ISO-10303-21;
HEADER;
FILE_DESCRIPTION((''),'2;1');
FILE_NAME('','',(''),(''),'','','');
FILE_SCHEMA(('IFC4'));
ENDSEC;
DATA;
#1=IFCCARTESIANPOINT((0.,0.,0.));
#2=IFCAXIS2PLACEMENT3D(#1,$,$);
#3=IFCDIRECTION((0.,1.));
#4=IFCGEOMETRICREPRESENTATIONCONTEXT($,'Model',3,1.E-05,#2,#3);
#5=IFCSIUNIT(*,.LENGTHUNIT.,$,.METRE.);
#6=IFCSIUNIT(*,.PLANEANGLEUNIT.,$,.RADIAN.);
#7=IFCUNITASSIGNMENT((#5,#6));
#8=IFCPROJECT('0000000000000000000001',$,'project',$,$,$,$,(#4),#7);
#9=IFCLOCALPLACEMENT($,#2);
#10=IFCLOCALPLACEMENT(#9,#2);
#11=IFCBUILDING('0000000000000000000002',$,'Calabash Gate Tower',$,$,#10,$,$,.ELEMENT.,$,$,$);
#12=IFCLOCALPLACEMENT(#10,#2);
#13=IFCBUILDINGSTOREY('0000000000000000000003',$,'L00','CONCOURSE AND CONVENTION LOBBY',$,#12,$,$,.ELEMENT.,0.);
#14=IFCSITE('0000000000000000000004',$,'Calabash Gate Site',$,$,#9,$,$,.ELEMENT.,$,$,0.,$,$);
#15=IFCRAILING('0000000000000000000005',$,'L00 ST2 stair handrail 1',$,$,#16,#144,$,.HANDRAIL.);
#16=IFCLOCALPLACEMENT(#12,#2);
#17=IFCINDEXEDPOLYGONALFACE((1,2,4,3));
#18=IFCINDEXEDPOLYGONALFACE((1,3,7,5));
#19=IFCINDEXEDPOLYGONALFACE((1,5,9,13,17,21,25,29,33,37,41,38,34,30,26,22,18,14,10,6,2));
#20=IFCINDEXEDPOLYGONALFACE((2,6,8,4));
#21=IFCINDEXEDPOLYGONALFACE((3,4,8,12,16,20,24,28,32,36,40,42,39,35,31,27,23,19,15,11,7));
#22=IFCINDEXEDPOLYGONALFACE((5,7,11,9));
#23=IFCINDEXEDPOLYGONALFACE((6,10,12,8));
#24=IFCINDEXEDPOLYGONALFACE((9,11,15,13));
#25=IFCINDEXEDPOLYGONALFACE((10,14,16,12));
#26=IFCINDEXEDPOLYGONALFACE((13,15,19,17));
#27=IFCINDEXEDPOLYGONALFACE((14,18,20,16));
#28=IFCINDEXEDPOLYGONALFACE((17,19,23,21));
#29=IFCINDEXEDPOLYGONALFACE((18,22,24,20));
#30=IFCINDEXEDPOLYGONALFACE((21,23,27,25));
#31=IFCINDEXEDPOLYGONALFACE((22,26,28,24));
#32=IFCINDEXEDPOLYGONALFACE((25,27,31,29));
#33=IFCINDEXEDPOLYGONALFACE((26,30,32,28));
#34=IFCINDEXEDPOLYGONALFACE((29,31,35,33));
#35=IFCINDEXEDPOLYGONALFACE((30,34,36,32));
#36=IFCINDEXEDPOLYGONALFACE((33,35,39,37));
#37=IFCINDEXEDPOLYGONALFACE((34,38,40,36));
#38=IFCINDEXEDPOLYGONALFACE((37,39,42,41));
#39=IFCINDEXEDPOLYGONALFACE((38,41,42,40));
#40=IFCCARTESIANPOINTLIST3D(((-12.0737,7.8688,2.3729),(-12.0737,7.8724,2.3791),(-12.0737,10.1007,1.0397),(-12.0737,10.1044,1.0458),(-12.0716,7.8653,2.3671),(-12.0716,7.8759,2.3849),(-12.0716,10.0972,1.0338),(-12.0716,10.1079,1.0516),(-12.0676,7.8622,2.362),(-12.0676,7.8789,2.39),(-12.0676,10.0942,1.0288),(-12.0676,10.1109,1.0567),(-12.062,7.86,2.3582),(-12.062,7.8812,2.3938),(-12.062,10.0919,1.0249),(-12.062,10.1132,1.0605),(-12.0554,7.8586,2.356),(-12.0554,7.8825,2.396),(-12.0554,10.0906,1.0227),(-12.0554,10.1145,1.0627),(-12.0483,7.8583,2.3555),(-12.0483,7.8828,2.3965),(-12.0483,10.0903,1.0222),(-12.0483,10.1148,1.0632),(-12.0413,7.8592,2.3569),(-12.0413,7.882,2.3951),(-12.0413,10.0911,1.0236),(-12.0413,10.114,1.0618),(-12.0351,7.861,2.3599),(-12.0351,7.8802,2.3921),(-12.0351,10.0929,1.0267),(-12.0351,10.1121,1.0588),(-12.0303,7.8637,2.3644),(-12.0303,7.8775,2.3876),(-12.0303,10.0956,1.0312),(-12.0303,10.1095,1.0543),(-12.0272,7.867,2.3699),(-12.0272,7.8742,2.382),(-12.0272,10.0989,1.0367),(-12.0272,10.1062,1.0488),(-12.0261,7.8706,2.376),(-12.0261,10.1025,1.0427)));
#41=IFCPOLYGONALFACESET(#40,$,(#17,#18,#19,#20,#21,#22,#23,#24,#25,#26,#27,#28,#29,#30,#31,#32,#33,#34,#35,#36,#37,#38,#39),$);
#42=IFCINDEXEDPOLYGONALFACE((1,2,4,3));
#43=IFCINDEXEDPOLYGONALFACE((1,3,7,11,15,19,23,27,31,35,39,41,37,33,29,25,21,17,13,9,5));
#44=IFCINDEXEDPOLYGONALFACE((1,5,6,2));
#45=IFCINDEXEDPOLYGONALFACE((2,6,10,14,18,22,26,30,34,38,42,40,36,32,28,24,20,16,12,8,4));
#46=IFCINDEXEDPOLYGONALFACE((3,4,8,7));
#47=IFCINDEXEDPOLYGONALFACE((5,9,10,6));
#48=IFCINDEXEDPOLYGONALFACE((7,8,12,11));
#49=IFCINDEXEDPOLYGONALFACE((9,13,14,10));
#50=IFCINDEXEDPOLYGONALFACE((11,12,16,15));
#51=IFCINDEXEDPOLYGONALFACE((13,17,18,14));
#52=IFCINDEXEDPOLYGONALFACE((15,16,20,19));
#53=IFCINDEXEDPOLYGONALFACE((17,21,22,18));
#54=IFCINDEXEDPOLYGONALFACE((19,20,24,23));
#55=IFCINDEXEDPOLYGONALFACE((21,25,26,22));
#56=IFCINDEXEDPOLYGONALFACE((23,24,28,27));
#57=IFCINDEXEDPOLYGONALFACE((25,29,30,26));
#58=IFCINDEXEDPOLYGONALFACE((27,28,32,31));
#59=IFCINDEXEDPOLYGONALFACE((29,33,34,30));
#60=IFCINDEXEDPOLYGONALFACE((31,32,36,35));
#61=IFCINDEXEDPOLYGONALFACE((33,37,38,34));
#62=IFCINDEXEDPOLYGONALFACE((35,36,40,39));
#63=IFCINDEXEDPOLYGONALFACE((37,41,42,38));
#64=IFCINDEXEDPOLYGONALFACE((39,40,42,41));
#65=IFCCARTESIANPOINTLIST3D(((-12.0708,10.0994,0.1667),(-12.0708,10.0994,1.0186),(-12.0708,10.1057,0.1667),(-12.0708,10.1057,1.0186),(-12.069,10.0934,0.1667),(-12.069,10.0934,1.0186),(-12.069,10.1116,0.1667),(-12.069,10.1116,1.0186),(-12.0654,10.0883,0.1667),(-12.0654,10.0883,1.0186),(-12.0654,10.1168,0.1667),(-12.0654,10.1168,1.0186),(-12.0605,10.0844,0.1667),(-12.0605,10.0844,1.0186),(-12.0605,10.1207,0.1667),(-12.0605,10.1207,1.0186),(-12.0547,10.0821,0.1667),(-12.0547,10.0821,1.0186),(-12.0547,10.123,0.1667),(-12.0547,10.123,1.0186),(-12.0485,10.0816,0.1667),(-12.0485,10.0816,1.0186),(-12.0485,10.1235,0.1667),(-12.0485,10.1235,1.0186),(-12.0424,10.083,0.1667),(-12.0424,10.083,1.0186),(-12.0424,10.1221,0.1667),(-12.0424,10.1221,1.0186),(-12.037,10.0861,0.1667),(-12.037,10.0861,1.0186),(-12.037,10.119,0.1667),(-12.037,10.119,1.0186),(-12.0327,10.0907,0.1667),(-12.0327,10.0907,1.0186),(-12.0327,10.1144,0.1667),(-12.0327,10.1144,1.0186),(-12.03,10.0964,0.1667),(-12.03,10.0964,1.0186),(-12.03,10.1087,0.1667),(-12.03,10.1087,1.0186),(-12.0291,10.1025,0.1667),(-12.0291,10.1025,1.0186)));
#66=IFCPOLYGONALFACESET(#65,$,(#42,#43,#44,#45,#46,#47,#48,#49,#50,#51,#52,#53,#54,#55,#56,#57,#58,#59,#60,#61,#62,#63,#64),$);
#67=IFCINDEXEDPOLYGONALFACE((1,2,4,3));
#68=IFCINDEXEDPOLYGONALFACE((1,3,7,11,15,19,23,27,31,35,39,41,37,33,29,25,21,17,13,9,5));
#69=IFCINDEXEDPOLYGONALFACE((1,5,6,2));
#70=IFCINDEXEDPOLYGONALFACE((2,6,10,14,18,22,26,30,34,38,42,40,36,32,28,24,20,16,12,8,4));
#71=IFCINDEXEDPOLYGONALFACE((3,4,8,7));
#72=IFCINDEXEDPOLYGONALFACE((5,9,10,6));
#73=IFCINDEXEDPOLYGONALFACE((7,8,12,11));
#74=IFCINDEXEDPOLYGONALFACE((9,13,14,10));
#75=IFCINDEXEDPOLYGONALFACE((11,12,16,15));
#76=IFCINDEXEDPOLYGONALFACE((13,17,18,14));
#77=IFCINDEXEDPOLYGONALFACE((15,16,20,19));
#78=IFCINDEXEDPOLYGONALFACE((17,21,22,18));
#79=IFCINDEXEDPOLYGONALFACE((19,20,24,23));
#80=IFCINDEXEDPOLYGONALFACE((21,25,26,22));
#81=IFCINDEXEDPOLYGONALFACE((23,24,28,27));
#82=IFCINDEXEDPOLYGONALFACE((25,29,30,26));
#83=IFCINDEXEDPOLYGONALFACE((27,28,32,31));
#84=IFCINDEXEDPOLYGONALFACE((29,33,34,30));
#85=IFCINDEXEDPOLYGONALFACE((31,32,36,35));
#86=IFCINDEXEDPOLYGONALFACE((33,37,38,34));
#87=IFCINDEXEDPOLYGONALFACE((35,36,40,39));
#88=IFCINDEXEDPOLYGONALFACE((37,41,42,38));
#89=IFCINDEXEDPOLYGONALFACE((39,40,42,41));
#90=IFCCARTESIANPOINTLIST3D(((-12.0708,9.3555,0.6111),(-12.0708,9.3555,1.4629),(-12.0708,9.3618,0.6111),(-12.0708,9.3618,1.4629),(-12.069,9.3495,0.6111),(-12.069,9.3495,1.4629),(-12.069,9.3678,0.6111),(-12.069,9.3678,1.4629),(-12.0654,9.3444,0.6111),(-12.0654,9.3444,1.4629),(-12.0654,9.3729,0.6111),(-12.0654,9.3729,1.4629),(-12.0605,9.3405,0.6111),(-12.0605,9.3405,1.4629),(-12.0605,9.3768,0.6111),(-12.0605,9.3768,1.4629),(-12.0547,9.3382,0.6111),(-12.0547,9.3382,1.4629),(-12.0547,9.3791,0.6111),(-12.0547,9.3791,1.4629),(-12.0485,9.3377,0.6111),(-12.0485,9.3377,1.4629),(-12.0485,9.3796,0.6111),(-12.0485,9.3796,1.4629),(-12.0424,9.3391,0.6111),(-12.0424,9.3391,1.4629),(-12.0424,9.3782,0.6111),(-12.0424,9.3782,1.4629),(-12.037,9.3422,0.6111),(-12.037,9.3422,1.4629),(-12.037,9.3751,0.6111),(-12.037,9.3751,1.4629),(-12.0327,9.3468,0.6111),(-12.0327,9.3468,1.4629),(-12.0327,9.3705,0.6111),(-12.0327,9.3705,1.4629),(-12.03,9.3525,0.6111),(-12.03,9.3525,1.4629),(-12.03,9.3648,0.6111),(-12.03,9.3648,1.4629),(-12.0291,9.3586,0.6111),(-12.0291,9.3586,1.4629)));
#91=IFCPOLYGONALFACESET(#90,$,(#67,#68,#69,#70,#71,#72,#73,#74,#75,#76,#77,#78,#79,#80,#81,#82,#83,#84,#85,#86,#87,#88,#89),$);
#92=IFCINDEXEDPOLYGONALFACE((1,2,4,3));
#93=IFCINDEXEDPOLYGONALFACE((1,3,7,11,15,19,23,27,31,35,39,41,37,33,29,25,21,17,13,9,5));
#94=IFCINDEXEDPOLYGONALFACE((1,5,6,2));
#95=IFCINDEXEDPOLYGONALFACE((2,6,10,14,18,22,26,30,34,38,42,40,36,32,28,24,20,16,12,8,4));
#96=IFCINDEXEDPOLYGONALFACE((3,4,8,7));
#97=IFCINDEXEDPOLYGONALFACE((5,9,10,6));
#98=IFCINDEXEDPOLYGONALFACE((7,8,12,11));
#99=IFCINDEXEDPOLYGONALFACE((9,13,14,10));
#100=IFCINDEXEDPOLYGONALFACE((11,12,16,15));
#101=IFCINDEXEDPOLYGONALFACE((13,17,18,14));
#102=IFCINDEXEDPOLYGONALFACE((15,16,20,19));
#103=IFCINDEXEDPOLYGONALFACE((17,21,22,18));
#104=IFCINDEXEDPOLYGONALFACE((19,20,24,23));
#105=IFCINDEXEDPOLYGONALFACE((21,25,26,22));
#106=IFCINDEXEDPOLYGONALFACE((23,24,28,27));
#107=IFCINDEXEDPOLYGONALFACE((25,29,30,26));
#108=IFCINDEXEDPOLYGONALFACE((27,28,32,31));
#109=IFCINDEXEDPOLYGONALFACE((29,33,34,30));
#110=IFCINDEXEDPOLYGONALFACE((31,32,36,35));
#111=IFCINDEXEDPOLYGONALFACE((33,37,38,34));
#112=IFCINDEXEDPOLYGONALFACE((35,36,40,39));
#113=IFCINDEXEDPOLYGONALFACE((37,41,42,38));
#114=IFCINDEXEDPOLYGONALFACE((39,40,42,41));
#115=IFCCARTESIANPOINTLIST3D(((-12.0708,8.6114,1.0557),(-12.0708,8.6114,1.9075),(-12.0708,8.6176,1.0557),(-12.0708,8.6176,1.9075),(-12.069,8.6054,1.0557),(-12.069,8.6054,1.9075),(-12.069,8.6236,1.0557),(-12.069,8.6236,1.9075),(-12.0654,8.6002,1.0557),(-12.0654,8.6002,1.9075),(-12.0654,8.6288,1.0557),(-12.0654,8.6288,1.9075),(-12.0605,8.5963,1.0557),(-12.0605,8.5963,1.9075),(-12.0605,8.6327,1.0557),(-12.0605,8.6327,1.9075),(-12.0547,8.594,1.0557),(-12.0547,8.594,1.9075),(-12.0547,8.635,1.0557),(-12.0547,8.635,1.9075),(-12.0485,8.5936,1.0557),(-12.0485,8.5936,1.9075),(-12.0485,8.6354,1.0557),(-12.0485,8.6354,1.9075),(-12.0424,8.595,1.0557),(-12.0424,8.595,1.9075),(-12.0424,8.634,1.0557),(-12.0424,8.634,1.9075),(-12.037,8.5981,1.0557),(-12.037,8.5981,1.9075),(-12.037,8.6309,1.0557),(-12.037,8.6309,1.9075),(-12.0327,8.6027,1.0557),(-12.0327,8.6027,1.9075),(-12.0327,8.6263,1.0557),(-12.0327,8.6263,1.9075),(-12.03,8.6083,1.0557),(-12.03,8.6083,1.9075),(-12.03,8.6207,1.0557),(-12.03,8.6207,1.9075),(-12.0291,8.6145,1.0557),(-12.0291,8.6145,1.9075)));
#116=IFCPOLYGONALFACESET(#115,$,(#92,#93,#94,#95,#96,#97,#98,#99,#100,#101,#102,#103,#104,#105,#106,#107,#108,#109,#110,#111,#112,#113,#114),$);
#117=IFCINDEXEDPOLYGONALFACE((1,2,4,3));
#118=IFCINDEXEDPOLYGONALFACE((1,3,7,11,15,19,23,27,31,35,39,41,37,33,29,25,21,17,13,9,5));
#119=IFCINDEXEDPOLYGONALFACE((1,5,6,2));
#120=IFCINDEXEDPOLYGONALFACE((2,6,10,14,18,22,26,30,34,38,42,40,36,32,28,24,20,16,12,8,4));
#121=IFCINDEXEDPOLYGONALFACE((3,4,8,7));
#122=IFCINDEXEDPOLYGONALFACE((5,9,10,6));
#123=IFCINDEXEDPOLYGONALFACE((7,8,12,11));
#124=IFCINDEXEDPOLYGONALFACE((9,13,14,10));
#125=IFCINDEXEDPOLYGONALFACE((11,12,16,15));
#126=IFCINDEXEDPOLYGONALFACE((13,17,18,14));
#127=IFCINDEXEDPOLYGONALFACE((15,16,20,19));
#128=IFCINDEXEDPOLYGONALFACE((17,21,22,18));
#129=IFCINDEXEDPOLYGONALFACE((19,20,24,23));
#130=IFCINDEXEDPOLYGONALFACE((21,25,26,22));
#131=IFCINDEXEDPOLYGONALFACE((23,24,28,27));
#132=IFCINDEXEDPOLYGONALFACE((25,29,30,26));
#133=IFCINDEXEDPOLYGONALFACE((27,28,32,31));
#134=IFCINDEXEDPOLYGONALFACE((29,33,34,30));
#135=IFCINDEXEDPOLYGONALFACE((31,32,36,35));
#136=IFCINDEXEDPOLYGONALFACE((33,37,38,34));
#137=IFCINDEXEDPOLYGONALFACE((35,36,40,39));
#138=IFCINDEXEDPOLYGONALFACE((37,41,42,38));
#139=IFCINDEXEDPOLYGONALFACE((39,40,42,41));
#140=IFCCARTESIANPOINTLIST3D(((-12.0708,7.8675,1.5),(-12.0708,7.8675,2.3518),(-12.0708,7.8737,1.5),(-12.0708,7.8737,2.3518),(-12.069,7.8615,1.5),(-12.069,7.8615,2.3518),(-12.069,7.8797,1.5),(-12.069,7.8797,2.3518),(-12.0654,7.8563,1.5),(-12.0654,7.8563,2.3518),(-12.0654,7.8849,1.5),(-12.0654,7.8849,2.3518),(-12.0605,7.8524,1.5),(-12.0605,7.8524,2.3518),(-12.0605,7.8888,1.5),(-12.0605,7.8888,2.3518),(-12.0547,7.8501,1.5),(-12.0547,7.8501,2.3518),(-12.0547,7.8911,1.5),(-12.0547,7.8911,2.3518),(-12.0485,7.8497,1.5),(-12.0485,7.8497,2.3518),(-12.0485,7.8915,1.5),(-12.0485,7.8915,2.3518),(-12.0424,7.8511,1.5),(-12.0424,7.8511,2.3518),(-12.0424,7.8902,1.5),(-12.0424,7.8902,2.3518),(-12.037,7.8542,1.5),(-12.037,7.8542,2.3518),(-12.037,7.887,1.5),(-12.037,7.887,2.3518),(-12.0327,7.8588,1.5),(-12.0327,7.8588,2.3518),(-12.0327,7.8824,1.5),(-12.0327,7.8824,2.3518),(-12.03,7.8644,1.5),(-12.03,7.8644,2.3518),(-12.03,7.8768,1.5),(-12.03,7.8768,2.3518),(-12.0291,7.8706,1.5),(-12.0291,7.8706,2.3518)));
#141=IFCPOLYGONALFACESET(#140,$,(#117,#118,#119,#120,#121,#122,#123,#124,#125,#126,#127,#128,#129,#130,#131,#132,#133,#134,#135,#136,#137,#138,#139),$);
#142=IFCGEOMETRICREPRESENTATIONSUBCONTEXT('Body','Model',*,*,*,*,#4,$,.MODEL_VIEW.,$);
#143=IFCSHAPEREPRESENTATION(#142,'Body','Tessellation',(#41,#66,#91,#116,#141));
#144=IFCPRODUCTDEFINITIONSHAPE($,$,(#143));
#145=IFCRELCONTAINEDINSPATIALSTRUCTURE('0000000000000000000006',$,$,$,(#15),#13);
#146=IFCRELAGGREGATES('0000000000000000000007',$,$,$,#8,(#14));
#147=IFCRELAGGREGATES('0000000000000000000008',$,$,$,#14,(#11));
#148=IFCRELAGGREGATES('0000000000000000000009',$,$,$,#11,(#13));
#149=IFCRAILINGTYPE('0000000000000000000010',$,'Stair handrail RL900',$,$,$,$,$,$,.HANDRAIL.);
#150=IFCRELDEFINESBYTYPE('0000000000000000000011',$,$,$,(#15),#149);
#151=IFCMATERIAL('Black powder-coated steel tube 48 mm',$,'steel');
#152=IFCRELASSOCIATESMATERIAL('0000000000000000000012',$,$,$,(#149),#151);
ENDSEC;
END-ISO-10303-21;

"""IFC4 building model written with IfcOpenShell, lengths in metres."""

from ifc_helpers import new_model, si_unit, direction, frame, origin, origin_2d, place, context, subcontext, project, spatial, circle, extrude, material, type_object, element, save


model = new_model("IFC4")

# Units and contexts
model_context = context("Model", 3, precision=1e-05, world=origin(), true_north=direction((0.0, 1.0)))
body_context = subcontext(model_context, "Body", "Model", "MODEL_VIEW")
ifc_project = project(units=[si_unit("LENGTHUNIT", "METRE"), si_unit("PLANEANGLEUNIT", "RADIAN")], contexts=[model_context])

# Site, building, storey
site_placement = place(None, origin())
site = spatial("IfcSite", under=ifc_project, at=site_placement, Name="Calabash Gate Site", CompositionType="ELEMENT", RefElevation=0.0)
building_placement = place(site_placement, origin())
building = spatial("IfcBuilding", under=site, at=building_placement, Name="Calabash Gate Tower", CompositionType="ELEMENT")
storey_placement = place(building_placement, origin())
storey = spatial("IfcBuildingStorey", under=building, at=storey_placement, Name="L00", Description="CONCOURSE AND CONVENTION LOBBY", CompositionType="ELEMENT", Elevation=0.0)

# Railing
ifc_material_1 = material(Name="Black powder-coated steel tube 48 mm", Category="steel")
railing_type = type_object("IfcRailingType", Name="Stair handrail RL900", PredefinedType="HANDRAIL", material=ifc_material_1)
for number, where, name in (
    (1, (-12.05, 10.1025, 0.1667), "L00 ST2 stair handrail 1"),
):
    element("IfcRailing", number, at=place(storey_placement, frame(where)), inside=storey, type_object=railing_type, Name=name, PredefinedType="HANDRAIL", context=body_context, shape_type="SweptSolid", body=[
        extrude(circle(Radius=0.0239, at=origin_2d()), frame((0.0, 0.0, 0.876), z_axis=(0.0, -0.858494, 0.512824), x_axis=(1.0, 0.0, 0.0)), (0.0, 0.0, 1.0), 2.5999),
        extrude(circle(Radius=0.021, at=origin_2d()), origin(), (0.0, 0.0, 1.0), 0.8518),
        extrude(circle(Radius=0.021, at=origin_2d()), frame((0.0, -0.7439, 0.4443)), (0.0, 0.0, 1.0), 0.8518),
        extrude(circle(Radius=0.021, at=origin_2d()), frame((0.0, -1.488, 0.8889)), (0.0, 0.0, 1.0), 0.8518),
        extrude(circle(Radius=0.021, at=origin_2d()), frame((0.0, -2.2319, 1.3333)), (0.0, 0.0, 1.0), 0.8518),
    ])

save(model, "model.ifc")
